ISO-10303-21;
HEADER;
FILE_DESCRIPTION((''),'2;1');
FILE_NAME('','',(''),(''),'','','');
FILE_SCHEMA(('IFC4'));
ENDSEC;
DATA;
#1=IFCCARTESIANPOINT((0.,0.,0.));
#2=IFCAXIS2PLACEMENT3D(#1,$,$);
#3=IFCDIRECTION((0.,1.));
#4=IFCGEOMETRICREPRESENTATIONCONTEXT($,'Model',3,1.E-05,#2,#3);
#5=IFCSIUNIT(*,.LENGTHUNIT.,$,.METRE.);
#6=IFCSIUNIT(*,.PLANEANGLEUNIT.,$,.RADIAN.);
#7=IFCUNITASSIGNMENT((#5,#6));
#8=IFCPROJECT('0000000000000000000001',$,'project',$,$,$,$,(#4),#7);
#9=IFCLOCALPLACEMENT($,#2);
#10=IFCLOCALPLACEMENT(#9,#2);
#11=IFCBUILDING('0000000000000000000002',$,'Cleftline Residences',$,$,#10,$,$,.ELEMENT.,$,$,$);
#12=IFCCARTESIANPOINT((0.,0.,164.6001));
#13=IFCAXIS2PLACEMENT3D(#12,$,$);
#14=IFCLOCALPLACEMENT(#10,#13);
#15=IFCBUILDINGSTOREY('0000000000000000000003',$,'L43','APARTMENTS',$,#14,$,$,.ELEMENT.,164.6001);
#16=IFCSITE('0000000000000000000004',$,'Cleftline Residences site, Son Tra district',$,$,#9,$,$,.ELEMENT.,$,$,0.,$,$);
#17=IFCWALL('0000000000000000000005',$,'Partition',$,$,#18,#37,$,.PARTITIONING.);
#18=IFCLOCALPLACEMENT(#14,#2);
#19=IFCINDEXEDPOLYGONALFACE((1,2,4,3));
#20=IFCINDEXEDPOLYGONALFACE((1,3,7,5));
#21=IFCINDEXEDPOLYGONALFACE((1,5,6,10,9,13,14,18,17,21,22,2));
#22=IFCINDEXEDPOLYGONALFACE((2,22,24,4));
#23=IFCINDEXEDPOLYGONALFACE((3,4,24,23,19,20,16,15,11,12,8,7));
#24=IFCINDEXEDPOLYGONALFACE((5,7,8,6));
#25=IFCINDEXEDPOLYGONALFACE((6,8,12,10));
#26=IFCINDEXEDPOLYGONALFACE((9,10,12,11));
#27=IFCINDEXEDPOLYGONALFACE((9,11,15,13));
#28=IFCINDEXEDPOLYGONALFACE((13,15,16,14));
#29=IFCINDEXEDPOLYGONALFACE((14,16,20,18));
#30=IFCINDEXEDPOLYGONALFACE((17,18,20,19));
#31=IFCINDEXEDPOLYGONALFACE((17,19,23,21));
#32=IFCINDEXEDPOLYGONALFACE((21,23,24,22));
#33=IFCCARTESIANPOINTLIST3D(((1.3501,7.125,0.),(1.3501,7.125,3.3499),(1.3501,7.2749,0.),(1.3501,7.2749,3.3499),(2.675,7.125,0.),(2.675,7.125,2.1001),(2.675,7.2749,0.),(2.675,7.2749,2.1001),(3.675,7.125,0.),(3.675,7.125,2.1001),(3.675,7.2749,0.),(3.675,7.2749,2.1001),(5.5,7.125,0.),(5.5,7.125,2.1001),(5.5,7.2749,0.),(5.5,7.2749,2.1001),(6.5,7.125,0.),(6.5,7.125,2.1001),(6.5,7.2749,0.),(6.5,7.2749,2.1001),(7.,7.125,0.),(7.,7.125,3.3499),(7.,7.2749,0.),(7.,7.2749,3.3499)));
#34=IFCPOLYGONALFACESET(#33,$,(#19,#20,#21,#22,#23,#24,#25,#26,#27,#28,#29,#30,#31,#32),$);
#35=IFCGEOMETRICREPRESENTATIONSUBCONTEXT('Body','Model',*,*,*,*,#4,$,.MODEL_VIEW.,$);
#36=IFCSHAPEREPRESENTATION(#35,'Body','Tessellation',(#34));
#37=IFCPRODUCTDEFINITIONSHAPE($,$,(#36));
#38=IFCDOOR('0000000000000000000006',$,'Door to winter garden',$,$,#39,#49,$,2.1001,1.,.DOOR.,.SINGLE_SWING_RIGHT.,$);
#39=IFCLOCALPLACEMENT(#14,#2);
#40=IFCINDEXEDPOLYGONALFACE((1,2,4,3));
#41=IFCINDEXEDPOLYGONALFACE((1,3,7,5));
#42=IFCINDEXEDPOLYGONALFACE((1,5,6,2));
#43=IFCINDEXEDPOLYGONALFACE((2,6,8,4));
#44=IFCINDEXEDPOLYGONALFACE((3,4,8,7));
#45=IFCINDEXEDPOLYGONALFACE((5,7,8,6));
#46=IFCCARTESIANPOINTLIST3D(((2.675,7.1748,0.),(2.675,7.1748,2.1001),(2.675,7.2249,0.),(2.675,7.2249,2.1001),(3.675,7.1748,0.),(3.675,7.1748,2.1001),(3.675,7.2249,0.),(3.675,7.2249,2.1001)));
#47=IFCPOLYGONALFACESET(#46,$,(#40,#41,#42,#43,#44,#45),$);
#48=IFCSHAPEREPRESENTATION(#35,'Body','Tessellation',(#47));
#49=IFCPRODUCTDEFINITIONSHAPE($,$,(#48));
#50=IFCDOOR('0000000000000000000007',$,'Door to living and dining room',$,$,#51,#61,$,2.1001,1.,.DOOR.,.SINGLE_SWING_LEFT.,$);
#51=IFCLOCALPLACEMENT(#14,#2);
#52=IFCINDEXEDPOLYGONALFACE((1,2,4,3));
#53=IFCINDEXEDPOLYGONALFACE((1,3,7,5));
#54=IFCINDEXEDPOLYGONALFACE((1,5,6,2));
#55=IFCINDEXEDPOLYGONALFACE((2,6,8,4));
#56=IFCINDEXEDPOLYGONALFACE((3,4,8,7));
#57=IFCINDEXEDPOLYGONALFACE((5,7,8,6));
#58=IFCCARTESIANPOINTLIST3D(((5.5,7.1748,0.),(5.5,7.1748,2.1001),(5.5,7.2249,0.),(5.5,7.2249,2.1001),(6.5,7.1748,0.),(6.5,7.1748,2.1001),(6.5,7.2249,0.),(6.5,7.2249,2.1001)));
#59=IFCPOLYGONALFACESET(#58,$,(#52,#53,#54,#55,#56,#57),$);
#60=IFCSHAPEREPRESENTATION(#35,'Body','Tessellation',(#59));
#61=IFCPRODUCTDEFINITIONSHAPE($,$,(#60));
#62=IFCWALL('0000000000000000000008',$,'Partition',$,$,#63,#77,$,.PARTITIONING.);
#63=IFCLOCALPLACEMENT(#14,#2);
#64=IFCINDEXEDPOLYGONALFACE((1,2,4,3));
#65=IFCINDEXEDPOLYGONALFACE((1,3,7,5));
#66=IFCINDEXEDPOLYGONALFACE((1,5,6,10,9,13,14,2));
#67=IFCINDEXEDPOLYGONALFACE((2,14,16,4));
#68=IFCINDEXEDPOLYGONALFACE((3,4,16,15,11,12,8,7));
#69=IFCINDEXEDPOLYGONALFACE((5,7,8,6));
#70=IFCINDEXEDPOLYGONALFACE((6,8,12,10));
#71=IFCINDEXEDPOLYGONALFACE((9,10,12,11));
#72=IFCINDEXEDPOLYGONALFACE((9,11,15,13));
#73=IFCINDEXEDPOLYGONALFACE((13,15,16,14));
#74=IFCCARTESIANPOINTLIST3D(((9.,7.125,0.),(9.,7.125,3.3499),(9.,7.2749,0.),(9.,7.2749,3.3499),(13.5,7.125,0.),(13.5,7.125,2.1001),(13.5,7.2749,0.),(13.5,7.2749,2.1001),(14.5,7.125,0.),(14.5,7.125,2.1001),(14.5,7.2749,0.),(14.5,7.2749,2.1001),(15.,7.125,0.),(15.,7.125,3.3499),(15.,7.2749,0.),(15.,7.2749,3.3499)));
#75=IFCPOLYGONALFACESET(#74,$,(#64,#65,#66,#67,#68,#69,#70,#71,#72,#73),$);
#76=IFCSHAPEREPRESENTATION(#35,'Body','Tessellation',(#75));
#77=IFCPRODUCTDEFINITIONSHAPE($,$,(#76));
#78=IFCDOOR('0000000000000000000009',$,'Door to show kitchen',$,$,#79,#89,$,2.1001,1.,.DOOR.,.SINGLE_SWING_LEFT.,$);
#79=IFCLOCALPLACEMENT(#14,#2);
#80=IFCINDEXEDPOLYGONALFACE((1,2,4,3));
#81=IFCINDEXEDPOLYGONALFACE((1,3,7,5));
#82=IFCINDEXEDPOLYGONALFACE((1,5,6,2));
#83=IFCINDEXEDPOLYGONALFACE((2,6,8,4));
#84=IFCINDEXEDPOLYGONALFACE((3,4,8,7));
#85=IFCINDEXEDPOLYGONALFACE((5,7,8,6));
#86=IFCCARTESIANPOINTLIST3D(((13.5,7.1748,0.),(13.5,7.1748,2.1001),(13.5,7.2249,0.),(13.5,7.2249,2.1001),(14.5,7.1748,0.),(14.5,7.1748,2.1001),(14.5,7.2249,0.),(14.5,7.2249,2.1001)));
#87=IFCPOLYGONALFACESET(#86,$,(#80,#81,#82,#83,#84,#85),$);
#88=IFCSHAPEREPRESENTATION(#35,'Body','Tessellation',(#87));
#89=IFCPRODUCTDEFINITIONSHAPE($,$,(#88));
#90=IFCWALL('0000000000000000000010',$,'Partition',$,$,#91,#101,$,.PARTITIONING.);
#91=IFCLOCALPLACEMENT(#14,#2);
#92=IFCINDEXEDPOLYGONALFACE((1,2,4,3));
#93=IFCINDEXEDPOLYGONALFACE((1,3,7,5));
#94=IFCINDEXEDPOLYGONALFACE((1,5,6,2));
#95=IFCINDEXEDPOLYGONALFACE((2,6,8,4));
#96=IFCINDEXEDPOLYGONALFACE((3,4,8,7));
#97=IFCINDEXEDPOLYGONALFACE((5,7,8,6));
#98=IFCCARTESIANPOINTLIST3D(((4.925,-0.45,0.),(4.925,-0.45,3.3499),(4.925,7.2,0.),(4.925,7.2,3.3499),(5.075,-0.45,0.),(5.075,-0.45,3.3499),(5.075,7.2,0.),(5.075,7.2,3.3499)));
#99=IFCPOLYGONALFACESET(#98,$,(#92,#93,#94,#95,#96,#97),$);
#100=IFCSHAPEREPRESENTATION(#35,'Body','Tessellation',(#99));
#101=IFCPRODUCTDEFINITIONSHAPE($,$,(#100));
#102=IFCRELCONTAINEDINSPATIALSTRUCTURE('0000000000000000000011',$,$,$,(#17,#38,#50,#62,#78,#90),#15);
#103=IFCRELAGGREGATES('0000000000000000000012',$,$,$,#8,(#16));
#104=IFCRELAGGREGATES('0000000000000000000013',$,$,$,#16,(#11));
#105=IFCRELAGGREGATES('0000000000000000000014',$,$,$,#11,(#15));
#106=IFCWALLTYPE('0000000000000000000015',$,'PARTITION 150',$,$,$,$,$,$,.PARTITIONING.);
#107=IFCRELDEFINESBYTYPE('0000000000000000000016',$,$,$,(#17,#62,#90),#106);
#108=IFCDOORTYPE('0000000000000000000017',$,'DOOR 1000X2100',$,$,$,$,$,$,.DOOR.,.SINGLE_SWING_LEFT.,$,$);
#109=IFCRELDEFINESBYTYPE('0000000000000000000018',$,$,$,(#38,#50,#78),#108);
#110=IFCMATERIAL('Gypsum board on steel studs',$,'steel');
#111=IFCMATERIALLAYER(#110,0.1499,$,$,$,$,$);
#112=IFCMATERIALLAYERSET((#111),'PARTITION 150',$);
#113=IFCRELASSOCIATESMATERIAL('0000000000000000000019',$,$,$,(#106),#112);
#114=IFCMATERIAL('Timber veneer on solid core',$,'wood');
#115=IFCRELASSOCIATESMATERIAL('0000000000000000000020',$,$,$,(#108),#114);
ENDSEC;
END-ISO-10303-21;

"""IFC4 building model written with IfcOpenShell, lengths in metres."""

from ifc_helpers import new_model, si_unit, direction, frame, frame_2d, origin, place, context, subcontext, project, spatial, rectangle, extrude, material, layer, layer_set, type_object, element, fill, save


model = new_model("IFC4")

# Units and contexts
model_context = context("Model", 3, precision=1e-05, world=origin(), true_north=direction((0.0, 1.0)))
body_context = subcontext(model_context, "Body", "Model", "MODEL_VIEW")
ifc_project = project(units=[si_unit("LENGTHUNIT", "METRE"), si_unit("PLANEANGLEUNIT", "RADIAN")], contexts=[model_context])

# Site, building, storey
site_placement = place(None, origin())
site = spatial("IfcSite", under=ifc_project, at=site_placement, Name="Cleftline Residences site, Son Tra district", CompositionType="ELEMENT", RefElevation=0.0)
building_placement = place(site_placement, origin())
building = spatial("IfcBuilding", under=site, at=building_placement, Name="Cleftline Residences", CompositionType="ELEMENT")
storey_placement = place(building_placement, frame((0.0, 0.0, 164.6001)))
storey = spatial("IfcBuildingStorey", under=building, at=storey_placement, Name="L43", Description="APARTMENTS", CompositionType="ELEMENT", Elevation=164.6001)

# Wall, openings, doors
ifc_material_1 = material(Name="Gypsum board on steel studs", Category="steel")
ifc_layer_1 = layer(ifc_material_1, 0.1499)
ifc_layer_set_1 = layer_set([ifc_layer_1], Name="PARTITION 150")
wall_type_1 = type_object("IfcWallType", Name="PARTITION 150", PredefinedType="PARTITIONING", material=ifc_layer_set_1)
wall_1_placement = place(storey_placement, frame((1.3501, 7.2, 0.0), z_axis=(0.0, 0.0, 1.0), x_axis=(1.0, 0.0, 0.0)))
wall_1 = element("IfcWall", 1, at=wall_1_placement, inside=storey, type_object=wall_type_1, Name="Partition", PredefinedType="PARTITIONING", context=body_context, shape_type="SweptSolid", body=[
    extrude(rectangle(XDim=5.6499, YDim=0.1499, at=frame_2d((2.825, 0.0))), origin(), (0.0, 0.0, 1.0), 3.3499),
])
opening_1_placement = place(wall_1_placement, frame((1.325, 0.0, 0.0)))
opening_1 = element("IfcOpeningElement", 2, at=opening_1_placement, cuts=wall_1, PredefinedType="OPENING", context=body_context, shape_type="SweptSolid", body=[
    extrude(rectangle(XDim=1.0, YDim=2.1001, at=frame_2d((0.5, 1.05))), frame((0.0, 0.085, 0.0), z_axis=(0.0, -1.0, 0.0), x_axis=(1.0, 0.0, 0.0)), (0.0, 0.0, 1.0), 0.1699),
])
opening_2_placement = place(wall_1_placement, frame((4.1499, 0.0, 0.0)))
opening_2 = element("IfcOpeningElement", 3, at=opening_2_placement, cuts=wall_1, PredefinedType="OPENING", context=body_context, shape_type="SweptSolid", body=[
    extrude(rectangle(XDim=1.0, YDim=2.1001, at=frame_2d((0.5, 1.05))), frame((0.0, 0.085, 0.0), z_axis=(0.0, -1.0, 0.0), x_axis=(1.0, 0.0, 0.0)), (0.0, 0.0, 1.0), 0.1699),
])
ifc_material_2 = material(Name="Timber veneer on solid core", Category="wood")
door_type = type_object("IfcDoorType", Name="DOOR 1000X2100", OperationType="SINGLE_SWING_LEFT", PredefinedType="DOOR", material=ifc_material_2)
door_1_placement = place(opening_1_placement, origin())
door_1 = element("IfcDoor", 4, at=door_1_placement, inside=storey, type_object=door_type, Name="Door to winter garden", OperationType="SINGLE_SWING_RIGHT", OverallHeight=2.1001, OverallWidth=1.0, PredefinedType="DOOR", context=body_context, shape_type="SweptSolid", body=[
    extrude(rectangle(XDim=1.0, YDim=2.1001, at=frame_2d((0.5, 1.05))), frame((0.0, 0.0249, 0.0), z_axis=(0.0, -1.0, 0.0), x_axis=(1.0, 0.0, 0.0)), (0.0, 0.0, 1.0), 0.05),
])
fill(opening_1, door_1)
door_2_placement = place(opening_2_placement, origin())
door_2 = element("IfcDoor", 5, at=door_2_placement, inside=storey, type_object=door_type, Name="Door to living and dining room", OperationType="SINGLE_SWING_LEFT", OverallHeight=2.1001, OverallWidth=1.0, PredefinedType="DOOR", context=body_context, shape_type="SweptSolid", body=[
    extrude(rectangle(XDim=1.0, YDim=2.1001, at=frame_2d((0.5, 1.05))), frame((0.0, 0.0249, 0.0), z_axis=(0.0, -1.0, 0.0), x_axis=(1.0, 0.0, 0.0)), (0.0, 0.0, 1.0), 0.05),
])
fill(opening_2, door_2)

# Wall, opening, door
wall_2_placement = place(storey_placement, frame((9.0, 7.2, 0.0), z_axis=(0.0, 0.0, 1.0), x_axis=(1.0, 0.0, 0.0)))
wall_2 = element("IfcWall", 6, at=wall_2_placement, inside=storey, type_object=wall_type_1, Name="Partition", PredefinedType="PARTITIONING", context=body_context, shape_type="SweptSolid", body=[
    extrude(rectangle(XDim=6.0, YDim=0.1499, at=frame_2d((3.0, 0.0))), origin(), (0.0, 0.0, 1.0), 3.3499),
])
opening_3_placement = place(wall_2_placement, frame((4.5, 0.0, 0.0)))
opening_3 = element("IfcOpeningElement", 7, at=opening_3_placement, cuts=wall_2, PredefinedType="OPENING", context=body_context, shape_type="SweptSolid", body=[
    extrude(rectangle(XDim=1.0, YDim=2.1001, at=frame_2d((0.5, 1.05))), frame((0.0, 0.085, 0.0), z_axis=(0.0, -1.0, 0.0), x_axis=(1.0, 0.0, 0.0)), (0.0, 0.0, 1.0), 0.1699),
])
door_3_placement = place(opening_3_placement, origin())
door_3 = element("IfcDoor", 8, at=door_3_placement, inside=storey, type_object=door_type, Name="Door to show kitchen", OperationType="SINGLE_SWING_LEFT", OverallHeight=2.1001, OverallWidth=1.0, PredefinedType="DOOR", context=body_context, shape_type="SweptSolid", body=[
    extrude(rectangle(XDim=1.0, YDim=2.1001, at=frame_2d((0.5, 1.05))), frame((0.0, 0.0249, 0.0), z_axis=(0.0, -1.0, 0.0), x_axis=(1.0, 0.0, 0.0)), (0.0, 0.0, 1.0), 0.05),
])
fill(opening_3, door_3)

# Wall
wall_3_placement = place(storey_placement, frame((5.0, -0.45, 0.0), z_axis=(0.0, 0.0, 1.0), x_axis=(0.0, 1.0, 0.0)))
element("IfcWall", 9, at=wall_3_placement, inside=storey, type_object=wall_type_1, Name="Partition", PredefinedType="PARTITIONING", context=body_context, shape_type="SweptSolid", body=[
    extrude(rectangle(XDim=7.6499, YDim=0.1499, at=frame_2d((3.825, 0.0))), origin(), (0.0, 0.0, 1.0), 3.3499),
])

save(model, "model.ifc")
